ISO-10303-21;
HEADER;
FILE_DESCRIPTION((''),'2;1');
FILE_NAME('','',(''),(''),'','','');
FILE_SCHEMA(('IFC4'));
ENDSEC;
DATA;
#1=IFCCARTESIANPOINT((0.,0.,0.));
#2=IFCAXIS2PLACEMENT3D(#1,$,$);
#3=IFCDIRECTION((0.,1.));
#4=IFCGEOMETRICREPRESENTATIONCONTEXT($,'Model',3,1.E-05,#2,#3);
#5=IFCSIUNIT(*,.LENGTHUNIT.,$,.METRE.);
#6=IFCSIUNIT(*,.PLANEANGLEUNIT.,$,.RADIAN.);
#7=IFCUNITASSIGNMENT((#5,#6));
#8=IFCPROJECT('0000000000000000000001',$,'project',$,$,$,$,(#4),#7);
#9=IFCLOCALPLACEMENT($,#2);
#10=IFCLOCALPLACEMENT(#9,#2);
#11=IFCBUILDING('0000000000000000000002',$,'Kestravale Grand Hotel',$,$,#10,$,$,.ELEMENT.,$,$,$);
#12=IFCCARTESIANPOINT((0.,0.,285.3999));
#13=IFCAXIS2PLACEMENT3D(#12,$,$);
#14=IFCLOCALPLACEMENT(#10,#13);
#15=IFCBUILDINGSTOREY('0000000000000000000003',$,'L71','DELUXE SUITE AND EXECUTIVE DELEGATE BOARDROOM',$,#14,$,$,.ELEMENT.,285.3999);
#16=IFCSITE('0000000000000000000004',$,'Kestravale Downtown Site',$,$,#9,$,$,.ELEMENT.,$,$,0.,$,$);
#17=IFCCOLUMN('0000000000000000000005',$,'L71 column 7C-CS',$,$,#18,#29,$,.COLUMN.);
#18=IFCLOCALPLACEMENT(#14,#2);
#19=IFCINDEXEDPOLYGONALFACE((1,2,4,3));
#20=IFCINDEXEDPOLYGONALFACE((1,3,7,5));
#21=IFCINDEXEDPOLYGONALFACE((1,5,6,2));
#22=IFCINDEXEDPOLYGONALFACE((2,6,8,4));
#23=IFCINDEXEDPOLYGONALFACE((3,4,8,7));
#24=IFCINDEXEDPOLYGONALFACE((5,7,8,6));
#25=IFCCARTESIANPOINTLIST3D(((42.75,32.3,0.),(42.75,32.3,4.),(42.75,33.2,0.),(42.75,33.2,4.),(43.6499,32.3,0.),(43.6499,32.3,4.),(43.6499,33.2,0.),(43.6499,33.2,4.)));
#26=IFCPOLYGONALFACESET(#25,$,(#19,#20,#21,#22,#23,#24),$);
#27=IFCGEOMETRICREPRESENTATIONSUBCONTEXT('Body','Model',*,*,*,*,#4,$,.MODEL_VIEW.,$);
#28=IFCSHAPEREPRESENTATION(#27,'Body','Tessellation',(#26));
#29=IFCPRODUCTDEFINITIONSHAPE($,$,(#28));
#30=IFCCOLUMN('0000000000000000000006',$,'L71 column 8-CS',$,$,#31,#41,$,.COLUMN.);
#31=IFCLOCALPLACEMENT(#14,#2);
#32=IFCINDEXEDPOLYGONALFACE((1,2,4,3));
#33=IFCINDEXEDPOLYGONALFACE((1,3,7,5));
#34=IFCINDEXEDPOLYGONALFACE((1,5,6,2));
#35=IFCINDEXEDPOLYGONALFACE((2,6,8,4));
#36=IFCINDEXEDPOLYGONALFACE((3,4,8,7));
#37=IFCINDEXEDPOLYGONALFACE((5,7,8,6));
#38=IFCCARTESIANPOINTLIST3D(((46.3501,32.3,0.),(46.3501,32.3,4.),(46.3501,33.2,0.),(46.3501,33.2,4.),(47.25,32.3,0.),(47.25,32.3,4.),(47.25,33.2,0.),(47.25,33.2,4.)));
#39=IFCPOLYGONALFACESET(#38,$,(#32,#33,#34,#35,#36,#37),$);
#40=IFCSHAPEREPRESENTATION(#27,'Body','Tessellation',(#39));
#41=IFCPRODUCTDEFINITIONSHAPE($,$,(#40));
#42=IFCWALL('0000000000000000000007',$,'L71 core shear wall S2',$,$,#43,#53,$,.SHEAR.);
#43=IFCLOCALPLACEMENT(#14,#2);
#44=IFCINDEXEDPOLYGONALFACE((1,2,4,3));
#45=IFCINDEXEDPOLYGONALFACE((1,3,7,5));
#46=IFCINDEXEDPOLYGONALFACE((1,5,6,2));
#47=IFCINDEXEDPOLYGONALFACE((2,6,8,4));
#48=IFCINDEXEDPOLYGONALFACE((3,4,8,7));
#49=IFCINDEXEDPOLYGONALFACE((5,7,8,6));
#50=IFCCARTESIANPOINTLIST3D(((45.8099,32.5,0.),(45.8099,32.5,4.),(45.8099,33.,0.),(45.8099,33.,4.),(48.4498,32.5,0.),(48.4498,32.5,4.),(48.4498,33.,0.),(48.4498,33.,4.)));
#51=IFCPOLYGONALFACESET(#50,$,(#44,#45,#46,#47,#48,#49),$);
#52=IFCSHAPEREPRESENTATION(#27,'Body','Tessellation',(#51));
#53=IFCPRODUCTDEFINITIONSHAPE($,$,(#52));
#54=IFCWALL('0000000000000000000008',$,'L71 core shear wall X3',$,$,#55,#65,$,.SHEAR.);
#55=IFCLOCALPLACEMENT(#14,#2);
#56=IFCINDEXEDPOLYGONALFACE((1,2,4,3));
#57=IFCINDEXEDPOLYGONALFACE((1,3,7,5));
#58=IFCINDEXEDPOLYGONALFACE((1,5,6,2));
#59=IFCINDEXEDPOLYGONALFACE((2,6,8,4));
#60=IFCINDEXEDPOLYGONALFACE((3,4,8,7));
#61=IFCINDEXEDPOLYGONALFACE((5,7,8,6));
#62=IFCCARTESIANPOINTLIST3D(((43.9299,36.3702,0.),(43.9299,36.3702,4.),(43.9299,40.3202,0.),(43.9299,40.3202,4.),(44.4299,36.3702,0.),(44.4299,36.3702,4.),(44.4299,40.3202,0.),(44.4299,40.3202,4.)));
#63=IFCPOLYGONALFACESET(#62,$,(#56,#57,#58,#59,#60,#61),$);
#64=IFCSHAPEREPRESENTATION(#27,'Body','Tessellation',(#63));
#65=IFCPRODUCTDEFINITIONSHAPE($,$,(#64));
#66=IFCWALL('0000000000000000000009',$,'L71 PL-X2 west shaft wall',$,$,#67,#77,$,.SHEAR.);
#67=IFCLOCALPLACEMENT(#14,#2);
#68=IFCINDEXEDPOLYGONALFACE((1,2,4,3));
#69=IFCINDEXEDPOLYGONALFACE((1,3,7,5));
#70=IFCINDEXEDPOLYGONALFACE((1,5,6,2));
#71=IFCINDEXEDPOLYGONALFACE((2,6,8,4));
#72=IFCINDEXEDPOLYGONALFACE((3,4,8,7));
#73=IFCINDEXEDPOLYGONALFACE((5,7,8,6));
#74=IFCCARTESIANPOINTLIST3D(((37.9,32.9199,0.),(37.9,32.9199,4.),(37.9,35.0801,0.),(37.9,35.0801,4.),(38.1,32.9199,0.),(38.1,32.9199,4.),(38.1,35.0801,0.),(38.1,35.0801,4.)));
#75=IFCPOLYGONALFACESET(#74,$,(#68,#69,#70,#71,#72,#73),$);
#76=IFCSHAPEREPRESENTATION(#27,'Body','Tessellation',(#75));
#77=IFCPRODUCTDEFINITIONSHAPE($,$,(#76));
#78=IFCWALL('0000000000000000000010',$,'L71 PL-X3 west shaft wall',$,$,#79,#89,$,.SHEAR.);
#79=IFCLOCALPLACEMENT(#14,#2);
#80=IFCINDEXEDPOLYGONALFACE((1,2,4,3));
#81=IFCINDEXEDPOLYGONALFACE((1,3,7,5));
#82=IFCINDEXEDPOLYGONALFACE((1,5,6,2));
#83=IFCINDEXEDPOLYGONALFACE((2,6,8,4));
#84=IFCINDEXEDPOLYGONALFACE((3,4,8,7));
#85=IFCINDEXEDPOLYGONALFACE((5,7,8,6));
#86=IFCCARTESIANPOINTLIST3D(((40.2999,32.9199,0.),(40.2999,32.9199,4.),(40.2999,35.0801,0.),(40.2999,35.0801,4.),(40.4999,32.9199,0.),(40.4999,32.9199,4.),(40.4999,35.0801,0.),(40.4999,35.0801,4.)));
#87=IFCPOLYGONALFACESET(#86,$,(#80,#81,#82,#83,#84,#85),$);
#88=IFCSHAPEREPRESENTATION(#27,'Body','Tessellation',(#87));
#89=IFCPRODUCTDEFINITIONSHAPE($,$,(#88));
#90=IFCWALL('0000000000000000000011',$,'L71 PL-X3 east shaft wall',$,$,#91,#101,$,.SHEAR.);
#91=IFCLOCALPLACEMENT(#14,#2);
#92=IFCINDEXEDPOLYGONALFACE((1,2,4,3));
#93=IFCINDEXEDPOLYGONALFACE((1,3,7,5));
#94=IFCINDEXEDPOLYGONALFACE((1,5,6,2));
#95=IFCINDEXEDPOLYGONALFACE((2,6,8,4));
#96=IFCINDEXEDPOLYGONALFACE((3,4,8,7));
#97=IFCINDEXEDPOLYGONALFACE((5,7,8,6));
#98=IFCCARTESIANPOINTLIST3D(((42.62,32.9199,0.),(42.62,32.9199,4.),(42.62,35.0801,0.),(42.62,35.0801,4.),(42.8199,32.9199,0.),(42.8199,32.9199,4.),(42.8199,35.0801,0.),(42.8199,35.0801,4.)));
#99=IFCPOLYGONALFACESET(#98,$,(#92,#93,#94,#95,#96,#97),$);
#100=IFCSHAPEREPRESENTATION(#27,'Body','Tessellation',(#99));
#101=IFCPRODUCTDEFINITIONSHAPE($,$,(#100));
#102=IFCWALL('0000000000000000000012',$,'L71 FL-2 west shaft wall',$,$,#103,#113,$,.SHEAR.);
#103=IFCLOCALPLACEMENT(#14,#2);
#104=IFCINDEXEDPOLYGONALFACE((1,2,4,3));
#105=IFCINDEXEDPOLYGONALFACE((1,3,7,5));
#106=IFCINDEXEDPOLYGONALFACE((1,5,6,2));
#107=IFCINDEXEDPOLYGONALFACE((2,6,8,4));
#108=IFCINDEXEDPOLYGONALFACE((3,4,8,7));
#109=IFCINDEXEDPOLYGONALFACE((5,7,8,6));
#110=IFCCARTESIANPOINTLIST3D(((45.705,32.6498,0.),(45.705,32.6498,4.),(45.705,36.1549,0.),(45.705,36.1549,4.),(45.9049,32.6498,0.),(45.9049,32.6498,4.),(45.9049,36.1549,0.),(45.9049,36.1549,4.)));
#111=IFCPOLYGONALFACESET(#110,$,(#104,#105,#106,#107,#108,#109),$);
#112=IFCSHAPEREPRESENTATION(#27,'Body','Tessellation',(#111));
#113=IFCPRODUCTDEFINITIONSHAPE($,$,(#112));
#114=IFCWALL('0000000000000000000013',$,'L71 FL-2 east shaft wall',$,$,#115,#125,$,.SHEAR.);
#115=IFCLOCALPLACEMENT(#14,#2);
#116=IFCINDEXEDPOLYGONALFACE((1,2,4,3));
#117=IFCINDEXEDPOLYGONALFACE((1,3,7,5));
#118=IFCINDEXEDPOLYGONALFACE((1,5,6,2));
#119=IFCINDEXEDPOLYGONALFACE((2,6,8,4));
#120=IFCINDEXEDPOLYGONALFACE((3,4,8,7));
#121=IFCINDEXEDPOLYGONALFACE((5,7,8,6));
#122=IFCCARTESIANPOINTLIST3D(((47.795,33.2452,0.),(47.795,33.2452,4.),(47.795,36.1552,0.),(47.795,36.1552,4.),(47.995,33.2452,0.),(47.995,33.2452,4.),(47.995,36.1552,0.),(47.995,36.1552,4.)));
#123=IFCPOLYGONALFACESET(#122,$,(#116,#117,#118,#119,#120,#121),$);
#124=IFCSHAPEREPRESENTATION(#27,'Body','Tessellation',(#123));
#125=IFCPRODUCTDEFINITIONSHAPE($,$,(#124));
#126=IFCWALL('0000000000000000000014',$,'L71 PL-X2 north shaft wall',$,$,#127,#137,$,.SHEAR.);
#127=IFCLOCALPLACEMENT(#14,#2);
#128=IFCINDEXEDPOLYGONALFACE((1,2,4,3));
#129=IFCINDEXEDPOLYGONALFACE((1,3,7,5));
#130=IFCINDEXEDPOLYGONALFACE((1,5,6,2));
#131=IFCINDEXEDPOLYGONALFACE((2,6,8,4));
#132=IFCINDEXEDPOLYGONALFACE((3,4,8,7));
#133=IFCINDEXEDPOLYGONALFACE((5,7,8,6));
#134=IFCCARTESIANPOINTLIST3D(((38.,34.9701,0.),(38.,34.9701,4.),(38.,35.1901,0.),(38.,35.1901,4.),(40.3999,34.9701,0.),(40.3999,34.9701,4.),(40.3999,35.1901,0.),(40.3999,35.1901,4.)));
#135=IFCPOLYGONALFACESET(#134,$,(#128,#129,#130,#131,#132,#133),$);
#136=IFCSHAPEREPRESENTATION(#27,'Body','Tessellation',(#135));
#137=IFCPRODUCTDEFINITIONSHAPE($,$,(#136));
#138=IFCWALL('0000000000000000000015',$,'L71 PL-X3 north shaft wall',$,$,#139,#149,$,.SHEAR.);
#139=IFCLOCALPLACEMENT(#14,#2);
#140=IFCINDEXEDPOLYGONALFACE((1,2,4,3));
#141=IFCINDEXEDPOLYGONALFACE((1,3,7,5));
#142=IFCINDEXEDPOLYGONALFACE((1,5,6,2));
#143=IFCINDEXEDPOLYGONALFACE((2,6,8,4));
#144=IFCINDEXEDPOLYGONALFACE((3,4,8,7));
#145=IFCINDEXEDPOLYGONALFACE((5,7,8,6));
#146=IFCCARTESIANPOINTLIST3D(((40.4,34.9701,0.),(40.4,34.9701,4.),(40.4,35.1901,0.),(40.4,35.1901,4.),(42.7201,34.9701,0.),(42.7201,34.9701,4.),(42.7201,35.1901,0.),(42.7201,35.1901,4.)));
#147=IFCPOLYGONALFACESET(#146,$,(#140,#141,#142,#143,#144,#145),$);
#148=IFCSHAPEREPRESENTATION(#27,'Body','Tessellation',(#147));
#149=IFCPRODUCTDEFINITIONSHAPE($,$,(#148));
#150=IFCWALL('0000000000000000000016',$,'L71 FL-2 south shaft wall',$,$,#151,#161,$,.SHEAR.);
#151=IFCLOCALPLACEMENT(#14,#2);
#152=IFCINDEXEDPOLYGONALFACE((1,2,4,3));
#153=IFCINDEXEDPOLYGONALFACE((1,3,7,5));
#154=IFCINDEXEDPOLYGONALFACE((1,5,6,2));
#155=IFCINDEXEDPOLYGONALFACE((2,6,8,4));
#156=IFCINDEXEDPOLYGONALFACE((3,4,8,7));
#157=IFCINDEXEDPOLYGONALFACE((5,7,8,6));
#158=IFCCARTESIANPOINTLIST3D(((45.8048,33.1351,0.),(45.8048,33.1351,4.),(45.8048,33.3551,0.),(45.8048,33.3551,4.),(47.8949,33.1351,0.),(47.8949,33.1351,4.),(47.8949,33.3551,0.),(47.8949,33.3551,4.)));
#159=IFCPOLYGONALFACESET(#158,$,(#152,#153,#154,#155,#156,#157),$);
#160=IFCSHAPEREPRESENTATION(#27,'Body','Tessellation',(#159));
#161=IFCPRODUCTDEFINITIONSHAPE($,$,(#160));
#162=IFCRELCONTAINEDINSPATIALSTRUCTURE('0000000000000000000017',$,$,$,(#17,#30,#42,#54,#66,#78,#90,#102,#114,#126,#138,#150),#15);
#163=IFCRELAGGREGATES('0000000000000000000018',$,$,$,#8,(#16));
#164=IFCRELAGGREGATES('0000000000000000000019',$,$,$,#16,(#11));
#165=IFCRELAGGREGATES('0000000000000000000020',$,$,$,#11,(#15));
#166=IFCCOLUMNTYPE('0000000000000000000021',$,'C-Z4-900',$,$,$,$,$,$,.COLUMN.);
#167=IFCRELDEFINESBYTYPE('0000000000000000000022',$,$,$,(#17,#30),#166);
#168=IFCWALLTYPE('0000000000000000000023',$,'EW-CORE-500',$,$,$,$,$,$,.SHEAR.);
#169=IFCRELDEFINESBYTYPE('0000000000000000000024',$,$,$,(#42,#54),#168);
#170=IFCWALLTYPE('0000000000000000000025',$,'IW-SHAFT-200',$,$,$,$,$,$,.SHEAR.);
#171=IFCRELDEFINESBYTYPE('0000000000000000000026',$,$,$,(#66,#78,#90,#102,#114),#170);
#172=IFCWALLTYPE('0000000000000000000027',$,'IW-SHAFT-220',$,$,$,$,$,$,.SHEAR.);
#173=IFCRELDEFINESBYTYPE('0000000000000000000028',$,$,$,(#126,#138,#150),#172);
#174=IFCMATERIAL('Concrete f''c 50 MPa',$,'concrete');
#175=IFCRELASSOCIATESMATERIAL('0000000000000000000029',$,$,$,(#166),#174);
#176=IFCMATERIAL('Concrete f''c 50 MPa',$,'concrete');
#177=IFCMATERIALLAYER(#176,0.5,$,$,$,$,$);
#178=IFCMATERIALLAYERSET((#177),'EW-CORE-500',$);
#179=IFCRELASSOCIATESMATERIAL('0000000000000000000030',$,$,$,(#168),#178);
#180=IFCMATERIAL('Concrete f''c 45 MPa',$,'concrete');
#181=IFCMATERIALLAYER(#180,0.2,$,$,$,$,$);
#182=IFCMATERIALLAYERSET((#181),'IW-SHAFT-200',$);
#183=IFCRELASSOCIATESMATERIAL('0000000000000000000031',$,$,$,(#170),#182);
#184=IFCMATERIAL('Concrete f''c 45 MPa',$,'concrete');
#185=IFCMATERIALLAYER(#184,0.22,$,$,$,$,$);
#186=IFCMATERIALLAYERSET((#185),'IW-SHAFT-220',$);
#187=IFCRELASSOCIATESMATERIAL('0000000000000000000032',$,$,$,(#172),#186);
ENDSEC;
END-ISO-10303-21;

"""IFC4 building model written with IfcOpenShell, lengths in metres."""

from ifc_helpers import new_model, si_unit, direction, frame, frame_2d, origin, origin_2d, place, context, subcontext, project, spatial, rectangle, extrude, material, layer, layer_set, material_profile, profile_set, type_object, element, save


model = new_model("IFC4")

# Units and contexts
model_context = context("Model", 3, precision=1e-05, world=origin(), true_north=direction((0.0, 1.0)))
body_context = subcontext(model_context, "Body", "Model", "MODEL_VIEW")
ifc_project = project(units=[si_unit("LENGTHUNIT", "METRE"), si_unit("PLANEANGLEUNIT", "RADIAN")], contexts=[model_context])

# Site, building, storey
site_placement = place(None, origin())
site = spatial("IfcSite", under=ifc_project, at=site_placement, Name="Kestravale Downtown Site", CompositionType="ELEMENT", RefElevation=0.0)
building_placement = place(site_placement, origin())
building = spatial("IfcBuilding", under=site, at=building_placement, Name="Kestravale Grand Hotel", CompositionType="ELEMENT")
storey_placement = place(building_placement, frame((0.0, 0.0, 285.3999)))
storey = spatial("IfcBuildingStorey", under=building, at=storey_placement, Name="L71", Description="DELUXE SUITE AND EXECUTIVE DELEGATE BOARDROOM", CompositionType="ELEMENT", Elevation=285.3999)

# Columns
ifc_material_1 = material(Name="Concrete f'c 50 MPa", Category="concrete")
ifc_material_profile = material_profile(ifc_material_1, rectangle(XDim=0.8999, YDim=0.8999, at=origin_2d()))
ifc_profile_set = profile_set([ifc_material_profile], Name="Concrete f'c 50 MPa")
column_type = type_object("IfcColumnType", Name="C-Z4-900", PredefinedType="COLUMN", material=ifc_profile_set)
for number, where, z_axis, x_axis, name in (
    (1, (43.2, 32.75, 0.0), (0.0, 0.0, 1.0), (1.0, 0.0, 0.0), "L71 column 7C-CS"),
    (2, (46.8, 32.75, 0.0), (0.0, 0.0, 1.0), (1.0, 0.0, 0.0), "L71 column 8-CS"),
):
    element("IfcColumn", number, at=place(storey_placement, frame(where, z_axis=z_axis, x_axis=x_axis)), inside=storey, type_object=column_type, Name=name, PredefinedType="COLUMN", context=body_context, shape_type="SweptSolid", body=[
        extrude(rectangle(XDim=0.8999, YDim=0.8999, at=origin_2d()), origin(), (0.0, 0.0, 1.0), 4.0),
    ])

# Walls
ifc_material_2 = material(Name="Concrete f'c 50 MPa", Category="concrete")
ifc_layer_1 = layer(ifc_material_2, 0.5)
ifc_layer_set_1 = layer_set([ifc_layer_1], Name="EW-CORE-500")
wall_type_1 = type_object("IfcWallType", Name="EW-CORE-500", PredefinedType="SHEAR", material=ifc_layer_set_1)
wall_1_placement = place(storey_placement, frame((45.8101, 32.75, 0.0), z_axis=(0.0, 0.0, 1.0), x_axis=(1.0, 0.0, 0.0)))
element("IfcWall", 3, at=wall_1_placement, inside=storey, type_object=wall_type_1, Name="L71 core shear wall S2", PredefinedType="SHEAR", context=body_context, shape_type="SweptSolid", body=[
    extrude(rectangle(XDim=2.6399, YDim=0.5, at=frame_2d((1.3198, 0.0))), origin(), (0.0, 0.0, 1.0), 4.0),
])
wall_2_placement = place(storey_placement, frame((44.1799, 36.3701, 0.0), z_axis=(0.0, 0.0, 1.0), x_axis=(0.0, 1.0, 0.0)))
element("IfcWall", 4, at=wall_2_placement, inside=storey, type_object=wall_type_1, Name="L71 core shear wall X3", PredefinedType="SHEAR", context=body_context, shape_type="SweptSolid", body=[
    extrude(rectangle(XDim=3.95, YDim=0.5, at=frame_2d((1.9751, 0.0))), origin(), (0.0, 0.0, 1.0), 4.0),
])

# Walls
ifc_material_3 = material(Name="Concrete f'c 45 MPa", Category="concrete")
ifc_layer_2 = layer(ifc_material_3, 0.2)
ifc_layer_set_2 = layer_set([ifc_layer_2], Name="IW-SHAFT-200")
wall_type_2 = type_object("IfcWallType", Name="IW-SHAFT-200", PredefinedType="SHEAR", material=ifc_layer_set_2)
for number, where, z_axis, x_axis, name in (
    (5, (38.0, 32.9199, 0.0), (0.0, 0.0, 1.0), (0.0, 1.0, 0.0), "L71 PL-X2 west shaft wall"),
    (6, (40.3999, 32.9199, 0.0), (0.0, 0.0, 1.0), (0.0, 1.0, 0.0), "L71 PL-X3 west shaft wall"),
    (7, (42.72, 32.9199, 0.0), (0.0, 0.0, 1.0), (0.0, 1.0, 0.0), "L71 PL-X3 east shaft wall"),
):
    element("IfcWall", number, at=place(storey_placement, frame(where, z_axis=z_axis, x_axis=x_axis)), inside=storey, type_object=wall_type_2, Name=name, PredefinedType="SHEAR", context=body_context, shape_type="SweptSolid", body=[
        extrude(rectangle(XDim=2.1602, YDim=0.2, at=frame_2d((1.0801, 0.0))), origin(), (0.0, 0.0, 1.0), 4.0),
    ])
wall_3_placement = place(storey_placement, frame((45.8049, 32.6499, 0.0), z_axis=(0.0, 0.0, 1.0), x_axis=(0.0, 1.0, 0.0)))
element("IfcWall", 8, at=wall_3_placement, inside=storey, type_object=wall_type_2, Name="L71 FL-2 west shaft wall", PredefinedType="SHEAR", context=body_context, shape_type="SweptSolid", body=[
    extrude(rectangle(XDim=3.5051, YDim=0.2, at=frame_2d((1.7524, 0.0))), origin(), (0.0, 0.0, 1.0), 4.0),
])
wall_4_placement = place(storey_placement, frame((47.895, 33.2451, 0.0), z_axis=(0.0, 0.0, 1.0), x_axis=(0.0, 1.0, 0.0)))
element("IfcWall", 9, at=wall_4_placement, inside=storey, type_object=wall_type_2, Name="L71 FL-2 east shaft wall", PredefinedType="SHEAR", context=body_context, shape_type="SweptSolid", body=[
    extrude(rectangle(XDim=2.9099, YDim=0.2, at=frame_2d((1.4551, 0.0))), origin(), (0.0, 0.0, 1.0), 4.0),
])
ifc_material_4 = material(Name="Concrete f'c 45 MPa", Category="concrete")
ifc_layer_3 = layer(ifc_material_4, 0.22)
ifc_layer_set_3 = layer_set([ifc_layer_3], Name="IW-SHAFT-220")
wall_type_3 = type_object("IfcWallType", Name="IW-SHAFT-220", PredefinedType="SHEAR", material=ifc_layer_set_3)
wall_5_placement = place(storey_placement, frame((38.0, 35.0801, 0.0), z_axis=(0.0, 0.0, 1.0), x_axis=(1.0, 0.0, 0.0)))
element("IfcWall", 10, at=wall_5_placement, inside=storey, type_object=wall_type_3, Name="L71 PL-X2 north shaft wall", PredefinedType="SHEAR", context=body_context, shape_type="SweptSolid", body=[
    extrude(rectangle(XDim=2.3999, YDim=0.22, at=frame_2d((1.2, 0.0))), origin(), (0.0, 0.0, 1.0), 4.0),
])

# Wall
wall_6_placement = place(storey_placement, frame((40.3999, 35.0801, 0.0), z_axis=(0.0, 0.0, 1.0), x_axis=(1.0, 0.0, 0.0)))
element("IfcWall", 11, at=wall_6_placement, inside=storey, type_object=wall_type_3, Name="L71 PL-X3 north shaft wall", PredefinedType="SHEAR", context=body_context, shape_type="SweptSolid", body=[
    extrude(rectangle(XDim=2.3201, YDim=0.22, at=frame_2d((1.1602, 0.0))), origin(), (0.0, 0.0, 1.0), 4.0),
])

# Wall
wall_7_placement = place(storey_placement, frame((45.8049, 33.2451, 0.0), z_axis=(0.0, 0.0, 1.0), x_axis=(1.0, 0.0, 0.0)))
element("IfcWall", 12, at=wall_7_placement, inside=storey, type_object=wall_type_3, Name="L71 FL-2 south shaft wall", PredefinedType="SHEAR", context=body_context, shape_type="SweptSolid", body=[
    extrude(rectangle(XDim=2.0901, YDim=0.22, at=frame_2d((1.0449, 0.0))), origin(), (0.0, 0.0, 1.0), 4.0),
])

save(model, "model.ifc")
